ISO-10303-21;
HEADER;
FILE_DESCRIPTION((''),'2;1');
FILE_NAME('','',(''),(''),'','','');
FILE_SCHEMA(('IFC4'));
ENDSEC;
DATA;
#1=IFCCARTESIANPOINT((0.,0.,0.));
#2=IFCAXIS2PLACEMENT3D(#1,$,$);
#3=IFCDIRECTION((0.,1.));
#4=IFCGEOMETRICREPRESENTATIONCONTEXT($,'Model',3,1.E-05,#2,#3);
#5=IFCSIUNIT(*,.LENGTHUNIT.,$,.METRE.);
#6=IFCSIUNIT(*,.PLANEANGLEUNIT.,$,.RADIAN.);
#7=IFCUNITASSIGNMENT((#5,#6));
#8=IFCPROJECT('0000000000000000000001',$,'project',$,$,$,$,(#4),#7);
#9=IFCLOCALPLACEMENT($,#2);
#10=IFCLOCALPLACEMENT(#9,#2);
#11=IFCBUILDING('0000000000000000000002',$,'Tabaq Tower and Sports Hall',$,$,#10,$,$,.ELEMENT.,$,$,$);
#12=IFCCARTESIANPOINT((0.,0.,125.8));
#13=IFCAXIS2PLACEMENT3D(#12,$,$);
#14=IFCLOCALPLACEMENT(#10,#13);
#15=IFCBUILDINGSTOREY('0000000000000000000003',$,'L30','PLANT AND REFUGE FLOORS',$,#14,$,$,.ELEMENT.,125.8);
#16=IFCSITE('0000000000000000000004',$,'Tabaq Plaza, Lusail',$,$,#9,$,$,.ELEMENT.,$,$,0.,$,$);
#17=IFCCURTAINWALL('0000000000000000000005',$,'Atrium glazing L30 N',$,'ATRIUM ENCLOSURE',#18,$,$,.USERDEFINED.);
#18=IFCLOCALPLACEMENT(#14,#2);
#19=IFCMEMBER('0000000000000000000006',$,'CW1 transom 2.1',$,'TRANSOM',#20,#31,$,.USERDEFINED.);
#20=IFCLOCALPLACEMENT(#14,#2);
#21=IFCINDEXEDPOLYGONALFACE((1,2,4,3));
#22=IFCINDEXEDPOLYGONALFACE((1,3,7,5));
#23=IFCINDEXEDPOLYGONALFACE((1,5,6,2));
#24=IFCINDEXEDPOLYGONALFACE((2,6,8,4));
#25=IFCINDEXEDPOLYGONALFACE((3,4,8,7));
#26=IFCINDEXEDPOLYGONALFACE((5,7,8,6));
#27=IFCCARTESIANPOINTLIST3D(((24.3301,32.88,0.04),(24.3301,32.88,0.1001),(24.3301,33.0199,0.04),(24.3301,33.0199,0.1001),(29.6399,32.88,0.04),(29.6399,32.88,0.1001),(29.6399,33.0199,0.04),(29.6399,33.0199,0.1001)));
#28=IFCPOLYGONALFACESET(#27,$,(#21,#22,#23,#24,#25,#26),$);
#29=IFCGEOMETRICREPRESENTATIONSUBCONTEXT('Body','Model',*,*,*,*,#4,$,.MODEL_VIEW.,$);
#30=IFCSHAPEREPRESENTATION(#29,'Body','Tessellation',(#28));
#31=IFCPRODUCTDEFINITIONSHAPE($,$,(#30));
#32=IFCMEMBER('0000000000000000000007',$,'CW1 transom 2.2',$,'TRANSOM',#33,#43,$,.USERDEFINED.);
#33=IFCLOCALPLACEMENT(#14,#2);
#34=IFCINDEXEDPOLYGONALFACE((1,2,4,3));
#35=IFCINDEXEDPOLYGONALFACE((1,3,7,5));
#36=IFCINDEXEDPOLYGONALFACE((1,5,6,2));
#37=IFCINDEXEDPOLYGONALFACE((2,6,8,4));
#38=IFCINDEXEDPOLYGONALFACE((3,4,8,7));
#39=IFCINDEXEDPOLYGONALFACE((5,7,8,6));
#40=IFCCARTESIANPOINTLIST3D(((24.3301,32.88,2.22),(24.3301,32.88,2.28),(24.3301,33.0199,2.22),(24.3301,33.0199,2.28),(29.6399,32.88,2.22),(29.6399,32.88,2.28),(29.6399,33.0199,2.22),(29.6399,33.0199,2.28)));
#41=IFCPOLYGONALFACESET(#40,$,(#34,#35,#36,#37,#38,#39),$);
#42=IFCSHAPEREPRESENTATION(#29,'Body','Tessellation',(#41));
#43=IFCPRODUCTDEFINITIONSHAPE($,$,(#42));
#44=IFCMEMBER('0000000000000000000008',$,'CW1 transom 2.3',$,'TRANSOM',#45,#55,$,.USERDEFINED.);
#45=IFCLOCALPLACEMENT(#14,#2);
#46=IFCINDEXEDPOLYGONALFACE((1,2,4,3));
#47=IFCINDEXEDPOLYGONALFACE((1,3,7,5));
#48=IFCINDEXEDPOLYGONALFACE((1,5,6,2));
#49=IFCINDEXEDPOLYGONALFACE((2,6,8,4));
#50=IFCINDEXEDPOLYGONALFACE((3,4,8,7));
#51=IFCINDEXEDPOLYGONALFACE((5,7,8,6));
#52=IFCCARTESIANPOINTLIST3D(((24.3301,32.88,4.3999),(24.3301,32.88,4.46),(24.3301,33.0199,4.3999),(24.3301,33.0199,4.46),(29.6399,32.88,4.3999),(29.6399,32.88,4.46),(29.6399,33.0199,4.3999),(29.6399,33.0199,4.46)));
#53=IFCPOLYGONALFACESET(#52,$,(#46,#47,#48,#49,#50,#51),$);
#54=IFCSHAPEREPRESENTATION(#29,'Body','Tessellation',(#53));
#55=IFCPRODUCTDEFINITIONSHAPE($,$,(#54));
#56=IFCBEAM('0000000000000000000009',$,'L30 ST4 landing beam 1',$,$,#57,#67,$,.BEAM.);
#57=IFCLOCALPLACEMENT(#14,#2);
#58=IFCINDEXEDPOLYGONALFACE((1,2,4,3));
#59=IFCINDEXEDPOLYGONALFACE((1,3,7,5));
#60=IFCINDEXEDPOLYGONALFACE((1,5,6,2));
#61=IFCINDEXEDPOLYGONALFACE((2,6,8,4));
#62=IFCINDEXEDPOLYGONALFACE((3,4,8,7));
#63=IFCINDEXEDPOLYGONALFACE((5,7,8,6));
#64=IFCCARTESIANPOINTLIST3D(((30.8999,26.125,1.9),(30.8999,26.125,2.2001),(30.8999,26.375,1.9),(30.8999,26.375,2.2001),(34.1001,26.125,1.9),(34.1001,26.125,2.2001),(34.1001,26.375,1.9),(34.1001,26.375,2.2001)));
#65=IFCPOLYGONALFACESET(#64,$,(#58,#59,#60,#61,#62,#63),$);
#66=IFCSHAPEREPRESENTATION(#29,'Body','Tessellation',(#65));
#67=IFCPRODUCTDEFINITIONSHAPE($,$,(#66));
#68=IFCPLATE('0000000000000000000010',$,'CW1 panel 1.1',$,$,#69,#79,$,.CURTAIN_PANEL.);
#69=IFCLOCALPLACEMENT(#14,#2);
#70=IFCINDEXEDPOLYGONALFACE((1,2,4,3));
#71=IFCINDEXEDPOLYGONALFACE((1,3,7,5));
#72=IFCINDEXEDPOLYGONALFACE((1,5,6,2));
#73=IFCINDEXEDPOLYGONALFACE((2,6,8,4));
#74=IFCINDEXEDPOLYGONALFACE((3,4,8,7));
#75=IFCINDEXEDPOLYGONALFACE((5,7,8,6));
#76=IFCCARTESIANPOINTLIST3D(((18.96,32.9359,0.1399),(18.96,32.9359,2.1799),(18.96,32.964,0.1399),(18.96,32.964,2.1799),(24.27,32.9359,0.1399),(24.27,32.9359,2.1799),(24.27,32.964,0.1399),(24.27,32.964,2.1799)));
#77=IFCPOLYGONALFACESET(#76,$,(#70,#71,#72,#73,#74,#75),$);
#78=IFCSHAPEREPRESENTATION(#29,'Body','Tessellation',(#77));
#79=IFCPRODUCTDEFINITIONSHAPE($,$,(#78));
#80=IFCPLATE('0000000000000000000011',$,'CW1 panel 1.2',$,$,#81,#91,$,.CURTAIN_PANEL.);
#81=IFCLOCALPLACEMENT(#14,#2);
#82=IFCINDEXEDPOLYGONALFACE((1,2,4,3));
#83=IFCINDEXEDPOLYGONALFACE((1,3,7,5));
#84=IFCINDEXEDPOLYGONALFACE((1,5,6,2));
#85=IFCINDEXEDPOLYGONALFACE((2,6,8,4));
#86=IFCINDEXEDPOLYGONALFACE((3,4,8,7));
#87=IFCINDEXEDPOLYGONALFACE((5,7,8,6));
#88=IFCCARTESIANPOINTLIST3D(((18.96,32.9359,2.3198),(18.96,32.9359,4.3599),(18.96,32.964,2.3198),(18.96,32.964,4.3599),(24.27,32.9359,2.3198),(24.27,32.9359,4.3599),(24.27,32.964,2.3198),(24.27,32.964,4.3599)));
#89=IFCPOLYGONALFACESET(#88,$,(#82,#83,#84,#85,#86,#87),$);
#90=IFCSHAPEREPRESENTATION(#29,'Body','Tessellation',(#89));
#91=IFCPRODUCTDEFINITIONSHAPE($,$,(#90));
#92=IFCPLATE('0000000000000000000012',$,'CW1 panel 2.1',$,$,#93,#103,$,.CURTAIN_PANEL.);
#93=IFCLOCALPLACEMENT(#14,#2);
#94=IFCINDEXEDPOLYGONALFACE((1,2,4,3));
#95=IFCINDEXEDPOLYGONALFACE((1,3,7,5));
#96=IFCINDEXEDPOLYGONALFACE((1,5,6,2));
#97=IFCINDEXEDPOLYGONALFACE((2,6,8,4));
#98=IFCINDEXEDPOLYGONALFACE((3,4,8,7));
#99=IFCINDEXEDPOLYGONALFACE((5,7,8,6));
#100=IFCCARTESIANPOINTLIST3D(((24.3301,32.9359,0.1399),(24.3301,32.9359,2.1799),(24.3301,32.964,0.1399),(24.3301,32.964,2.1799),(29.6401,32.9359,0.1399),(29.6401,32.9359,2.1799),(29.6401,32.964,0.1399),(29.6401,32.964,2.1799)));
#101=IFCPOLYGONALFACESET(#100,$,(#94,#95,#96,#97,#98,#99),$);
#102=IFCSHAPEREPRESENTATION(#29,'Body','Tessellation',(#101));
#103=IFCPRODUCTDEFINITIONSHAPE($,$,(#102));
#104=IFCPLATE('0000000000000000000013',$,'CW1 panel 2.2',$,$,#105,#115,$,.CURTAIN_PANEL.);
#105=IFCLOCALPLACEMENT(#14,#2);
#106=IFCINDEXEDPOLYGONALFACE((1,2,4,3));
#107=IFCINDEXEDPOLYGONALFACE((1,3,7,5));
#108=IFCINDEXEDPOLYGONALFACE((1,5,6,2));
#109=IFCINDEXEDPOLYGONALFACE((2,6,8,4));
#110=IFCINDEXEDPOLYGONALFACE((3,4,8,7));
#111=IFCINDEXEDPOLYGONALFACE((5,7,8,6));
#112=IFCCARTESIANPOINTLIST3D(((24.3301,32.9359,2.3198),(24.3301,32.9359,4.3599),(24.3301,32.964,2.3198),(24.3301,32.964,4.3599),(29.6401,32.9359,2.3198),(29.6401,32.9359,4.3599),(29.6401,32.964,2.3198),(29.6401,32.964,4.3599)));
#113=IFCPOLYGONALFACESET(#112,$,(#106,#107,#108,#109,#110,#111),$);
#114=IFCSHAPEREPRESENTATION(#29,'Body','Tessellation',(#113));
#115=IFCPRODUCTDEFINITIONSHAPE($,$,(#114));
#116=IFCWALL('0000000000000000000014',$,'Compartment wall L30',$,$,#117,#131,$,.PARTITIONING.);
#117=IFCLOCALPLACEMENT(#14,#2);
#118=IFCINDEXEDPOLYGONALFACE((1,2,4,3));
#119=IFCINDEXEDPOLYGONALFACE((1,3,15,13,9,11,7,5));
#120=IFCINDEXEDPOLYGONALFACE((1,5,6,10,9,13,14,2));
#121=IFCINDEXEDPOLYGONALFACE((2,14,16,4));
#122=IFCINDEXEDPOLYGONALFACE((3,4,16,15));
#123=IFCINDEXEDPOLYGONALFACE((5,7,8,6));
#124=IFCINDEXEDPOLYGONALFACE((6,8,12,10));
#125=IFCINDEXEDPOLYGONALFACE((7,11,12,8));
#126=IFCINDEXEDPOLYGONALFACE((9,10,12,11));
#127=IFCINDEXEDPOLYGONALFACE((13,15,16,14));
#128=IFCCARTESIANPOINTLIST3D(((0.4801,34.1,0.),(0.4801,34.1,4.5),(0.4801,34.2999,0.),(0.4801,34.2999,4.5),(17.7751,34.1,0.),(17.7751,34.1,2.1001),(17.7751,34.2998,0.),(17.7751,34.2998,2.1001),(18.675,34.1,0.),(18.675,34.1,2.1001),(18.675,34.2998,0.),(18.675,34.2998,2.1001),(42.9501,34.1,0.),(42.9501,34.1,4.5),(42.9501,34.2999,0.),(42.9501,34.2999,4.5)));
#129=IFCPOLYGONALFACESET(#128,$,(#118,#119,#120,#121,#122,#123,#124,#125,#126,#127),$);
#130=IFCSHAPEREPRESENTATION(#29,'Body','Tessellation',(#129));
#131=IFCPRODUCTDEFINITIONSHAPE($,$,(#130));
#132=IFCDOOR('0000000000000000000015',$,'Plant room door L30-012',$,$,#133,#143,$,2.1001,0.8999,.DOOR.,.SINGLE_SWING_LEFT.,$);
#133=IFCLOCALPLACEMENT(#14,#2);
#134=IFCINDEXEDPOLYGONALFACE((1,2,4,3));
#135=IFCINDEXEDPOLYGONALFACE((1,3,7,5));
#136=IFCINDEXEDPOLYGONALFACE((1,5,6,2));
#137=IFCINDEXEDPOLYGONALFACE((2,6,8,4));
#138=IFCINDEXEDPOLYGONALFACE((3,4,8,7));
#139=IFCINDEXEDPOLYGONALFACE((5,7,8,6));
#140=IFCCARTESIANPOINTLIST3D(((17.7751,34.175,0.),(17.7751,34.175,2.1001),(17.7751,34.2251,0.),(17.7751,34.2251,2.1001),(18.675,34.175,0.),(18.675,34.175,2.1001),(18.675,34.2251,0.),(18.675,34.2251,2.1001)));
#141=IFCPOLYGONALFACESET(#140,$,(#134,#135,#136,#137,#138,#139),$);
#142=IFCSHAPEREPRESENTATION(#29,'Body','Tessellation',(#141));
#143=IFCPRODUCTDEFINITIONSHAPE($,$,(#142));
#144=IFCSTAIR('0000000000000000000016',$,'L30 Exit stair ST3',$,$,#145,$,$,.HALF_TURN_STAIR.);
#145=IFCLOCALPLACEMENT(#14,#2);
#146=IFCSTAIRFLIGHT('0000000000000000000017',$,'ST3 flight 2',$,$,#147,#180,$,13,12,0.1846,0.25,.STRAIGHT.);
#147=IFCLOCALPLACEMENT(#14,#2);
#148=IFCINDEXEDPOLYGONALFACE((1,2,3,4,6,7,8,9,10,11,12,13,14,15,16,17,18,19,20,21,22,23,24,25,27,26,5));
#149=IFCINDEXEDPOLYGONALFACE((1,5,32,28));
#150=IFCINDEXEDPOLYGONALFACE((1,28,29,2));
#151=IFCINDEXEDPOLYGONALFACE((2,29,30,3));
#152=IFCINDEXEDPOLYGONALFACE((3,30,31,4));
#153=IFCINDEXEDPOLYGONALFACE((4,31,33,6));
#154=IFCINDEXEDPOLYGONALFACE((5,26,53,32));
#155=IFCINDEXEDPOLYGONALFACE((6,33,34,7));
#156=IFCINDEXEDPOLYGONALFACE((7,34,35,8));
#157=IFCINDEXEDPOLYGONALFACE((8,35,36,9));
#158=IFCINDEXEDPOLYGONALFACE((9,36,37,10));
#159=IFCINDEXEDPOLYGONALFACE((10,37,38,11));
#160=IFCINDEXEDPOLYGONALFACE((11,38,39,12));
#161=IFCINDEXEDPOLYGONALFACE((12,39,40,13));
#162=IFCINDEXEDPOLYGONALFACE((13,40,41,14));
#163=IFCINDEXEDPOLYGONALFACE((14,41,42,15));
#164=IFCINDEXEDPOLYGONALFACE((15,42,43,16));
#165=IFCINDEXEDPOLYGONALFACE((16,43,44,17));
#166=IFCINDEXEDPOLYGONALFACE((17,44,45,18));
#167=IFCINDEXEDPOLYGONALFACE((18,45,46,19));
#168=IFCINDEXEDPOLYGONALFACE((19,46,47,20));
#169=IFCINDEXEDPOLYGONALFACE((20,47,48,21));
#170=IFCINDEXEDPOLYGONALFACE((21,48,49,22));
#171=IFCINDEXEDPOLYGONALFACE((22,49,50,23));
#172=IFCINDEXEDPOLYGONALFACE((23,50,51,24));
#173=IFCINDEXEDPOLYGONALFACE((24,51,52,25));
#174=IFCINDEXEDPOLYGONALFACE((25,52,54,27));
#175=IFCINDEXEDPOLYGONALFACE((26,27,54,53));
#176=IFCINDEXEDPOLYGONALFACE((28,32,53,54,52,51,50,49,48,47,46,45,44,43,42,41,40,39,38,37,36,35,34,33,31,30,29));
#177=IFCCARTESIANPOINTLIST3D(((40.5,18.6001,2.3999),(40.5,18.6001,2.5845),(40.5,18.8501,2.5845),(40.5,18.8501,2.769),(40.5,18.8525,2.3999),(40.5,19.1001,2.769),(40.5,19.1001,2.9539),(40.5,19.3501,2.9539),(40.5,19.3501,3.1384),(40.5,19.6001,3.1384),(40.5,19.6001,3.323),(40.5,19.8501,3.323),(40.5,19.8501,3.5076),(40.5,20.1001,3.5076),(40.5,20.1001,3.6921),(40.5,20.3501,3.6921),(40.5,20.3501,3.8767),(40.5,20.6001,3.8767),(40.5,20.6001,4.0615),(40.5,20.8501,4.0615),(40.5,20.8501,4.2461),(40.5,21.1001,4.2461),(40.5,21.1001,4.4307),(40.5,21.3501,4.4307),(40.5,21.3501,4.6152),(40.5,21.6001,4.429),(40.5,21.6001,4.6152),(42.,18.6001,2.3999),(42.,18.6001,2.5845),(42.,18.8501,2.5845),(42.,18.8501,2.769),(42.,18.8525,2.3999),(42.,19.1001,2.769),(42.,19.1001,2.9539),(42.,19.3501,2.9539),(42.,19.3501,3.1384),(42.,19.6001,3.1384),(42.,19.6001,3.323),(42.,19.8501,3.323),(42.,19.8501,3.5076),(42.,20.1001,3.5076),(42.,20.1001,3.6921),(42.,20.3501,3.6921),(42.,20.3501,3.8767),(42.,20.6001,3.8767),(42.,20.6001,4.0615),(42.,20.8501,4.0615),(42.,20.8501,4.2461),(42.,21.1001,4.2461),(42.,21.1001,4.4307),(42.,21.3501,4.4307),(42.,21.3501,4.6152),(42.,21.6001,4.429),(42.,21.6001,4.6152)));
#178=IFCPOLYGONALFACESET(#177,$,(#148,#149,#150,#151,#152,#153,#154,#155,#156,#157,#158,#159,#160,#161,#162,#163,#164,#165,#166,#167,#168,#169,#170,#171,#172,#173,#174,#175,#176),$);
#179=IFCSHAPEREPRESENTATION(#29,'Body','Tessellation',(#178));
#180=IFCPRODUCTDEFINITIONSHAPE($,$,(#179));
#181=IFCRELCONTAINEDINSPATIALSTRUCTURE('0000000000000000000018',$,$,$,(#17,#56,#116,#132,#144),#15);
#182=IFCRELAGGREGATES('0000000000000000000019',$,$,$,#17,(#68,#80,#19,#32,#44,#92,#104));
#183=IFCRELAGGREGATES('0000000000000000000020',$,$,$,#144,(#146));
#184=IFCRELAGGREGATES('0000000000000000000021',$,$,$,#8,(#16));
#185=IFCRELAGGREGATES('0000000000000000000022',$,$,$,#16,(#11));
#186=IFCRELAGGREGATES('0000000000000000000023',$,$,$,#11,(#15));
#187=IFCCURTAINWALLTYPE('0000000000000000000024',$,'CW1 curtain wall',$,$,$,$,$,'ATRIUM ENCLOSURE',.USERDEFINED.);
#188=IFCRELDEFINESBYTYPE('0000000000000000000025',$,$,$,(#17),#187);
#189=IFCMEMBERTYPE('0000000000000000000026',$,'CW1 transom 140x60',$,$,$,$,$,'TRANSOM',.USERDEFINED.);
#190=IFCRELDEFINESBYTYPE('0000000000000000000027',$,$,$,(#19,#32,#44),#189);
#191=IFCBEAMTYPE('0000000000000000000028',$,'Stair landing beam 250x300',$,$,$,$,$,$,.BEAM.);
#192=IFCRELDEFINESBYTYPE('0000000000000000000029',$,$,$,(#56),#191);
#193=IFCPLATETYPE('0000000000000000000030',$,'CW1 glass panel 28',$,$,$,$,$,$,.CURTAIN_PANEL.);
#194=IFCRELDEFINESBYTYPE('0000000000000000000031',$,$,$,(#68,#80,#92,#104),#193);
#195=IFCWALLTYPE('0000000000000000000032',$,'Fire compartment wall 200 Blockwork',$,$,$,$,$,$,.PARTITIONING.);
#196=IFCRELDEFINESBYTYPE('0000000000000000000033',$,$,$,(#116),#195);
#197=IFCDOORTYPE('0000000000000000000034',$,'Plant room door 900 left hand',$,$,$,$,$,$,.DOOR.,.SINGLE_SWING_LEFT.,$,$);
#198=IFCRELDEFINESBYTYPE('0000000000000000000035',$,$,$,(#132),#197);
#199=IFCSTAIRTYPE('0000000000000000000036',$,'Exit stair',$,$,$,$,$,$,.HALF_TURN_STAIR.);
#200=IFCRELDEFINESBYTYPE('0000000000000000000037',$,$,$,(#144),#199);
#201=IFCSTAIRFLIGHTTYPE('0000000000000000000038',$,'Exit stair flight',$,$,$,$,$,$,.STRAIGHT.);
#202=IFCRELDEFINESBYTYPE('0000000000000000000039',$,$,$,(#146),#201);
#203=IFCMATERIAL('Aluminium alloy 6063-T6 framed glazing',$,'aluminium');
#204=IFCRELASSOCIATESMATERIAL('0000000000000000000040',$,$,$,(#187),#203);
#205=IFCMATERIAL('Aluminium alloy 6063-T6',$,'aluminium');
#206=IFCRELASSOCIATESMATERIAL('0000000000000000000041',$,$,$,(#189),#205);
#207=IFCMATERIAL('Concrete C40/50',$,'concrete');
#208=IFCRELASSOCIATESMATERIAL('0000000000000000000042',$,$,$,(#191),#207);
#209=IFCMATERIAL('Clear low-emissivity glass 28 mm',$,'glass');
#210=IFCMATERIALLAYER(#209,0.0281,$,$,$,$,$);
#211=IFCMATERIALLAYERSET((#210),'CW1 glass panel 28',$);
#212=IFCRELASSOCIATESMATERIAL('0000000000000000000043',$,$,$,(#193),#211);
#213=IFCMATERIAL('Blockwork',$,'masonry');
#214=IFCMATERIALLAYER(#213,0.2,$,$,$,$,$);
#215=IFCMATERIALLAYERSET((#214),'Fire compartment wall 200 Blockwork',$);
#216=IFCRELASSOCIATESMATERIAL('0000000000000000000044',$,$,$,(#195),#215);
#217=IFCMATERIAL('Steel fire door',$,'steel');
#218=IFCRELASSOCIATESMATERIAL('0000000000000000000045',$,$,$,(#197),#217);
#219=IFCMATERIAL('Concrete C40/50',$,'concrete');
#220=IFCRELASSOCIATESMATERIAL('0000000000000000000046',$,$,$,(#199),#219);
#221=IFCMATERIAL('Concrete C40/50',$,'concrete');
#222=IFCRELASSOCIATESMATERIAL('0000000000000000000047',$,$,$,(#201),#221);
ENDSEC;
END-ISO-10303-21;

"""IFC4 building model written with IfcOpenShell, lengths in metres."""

from ifc_helpers import new_model, si_unit, direction, frame, frame_2d, origin, origin_2d, place, context, subcontext, project, spatial, polyline, rectangle, outline, extrude, material, layer, layer_set, material_profile, profile_set, type_object, element, fill, aggregate, save


model = new_model("IFC4")

# Units and contexts
model_context = context("Model", 3, precision=1e-05, world=origin(), true_north=direction((0.0, 1.0)))
body_context = subcontext(model_context, "Body", "Model", "MODEL_VIEW")
ifc_project = project(units=[si_unit("LENGTHUNIT", "METRE"), si_unit("PLANEANGLEUNIT", "RADIAN")], contexts=[model_context])

# Site, building, storey
site_placement = place(None, origin())
site = spatial("IfcSite", under=ifc_project, at=site_placement, Name="Tabaq Plaza, Lusail", CompositionType="ELEMENT", RefElevation=0.0)
building_placement = place(site_placement, origin())
building = spatial("IfcBuilding", under=site, at=building_placement, Name="Tabaq Tower and Sports Hall", CompositionType="ELEMENT")
storey_placement = place(building_placement, frame((0.0, 0.0, 125.8)))
storey = spatial("IfcBuildingStorey", under=building, at=storey_placement, Name="L30", Description="PLANT AND REFUGE FLOORS", CompositionType="ELEMENT", Elevation=125.8)

# Curtain wall, members
ifc_material_1 = material(Name="Aluminium alloy 6063-T6 framed glazing", Category="aluminium")
curtain_wall_type = type_object("IfcCurtainWallType", Name="CW1 curtain wall", ElementType="ATRIUM ENCLOSURE", PredefinedType="USERDEFINED", material=ifc_material_1)
curtain_wall_placement = place(storey_placement, origin())
curtain_wall = element("IfcCurtainWall", 1, at=curtain_wall_placement, inside=storey, type_object=curtain_wall_type, Name="Atrium glazing L30 N", ObjectType="ATRIUM ENCLOSURE", PredefinedType="USERDEFINED")
ifc_material_2 = material(Name="Aluminium alloy 6063-T6", Category="aluminium")
ifc_material_profile_1 = material_profile(ifc_material_2, rectangle(XDim=0.1399, YDim=0.0601, at=origin_2d()), Name="TRANSOM 140x60")
ifc_profile_set_1 = profile_set([ifc_material_profile_1], Name="Aluminium alloy 6063-T6")
member_type = type_object("IfcMemberType", Name="CW1 transom 140x60", ElementType="TRANSOM", PredefinedType="USERDEFINED", material=ifc_profile_set_1)
member_1_placement = place(storey_placement, frame((24.3301, 32.95, 0.0701), z_axis=(1.0, 0.0, 0.0), x_axis=(0.0, 1.0, 0.0)))
member_1 = element("IfcMember", 2, at=member_1_placement, type_object=member_type, Name="CW1 transom 2.1", ObjectType="TRANSOM", PredefinedType="USERDEFINED", context=body_context, shape_type="SweptSolid", body=[
    extrude(rectangle(XDim=0.1399, YDim=0.0601, at=origin_2d()), origin(), (0.0, 0.0, 1.0), 5.3098),
])
member_2_placement = place(storey_placement, frame((24.3301, 32.95, 2.25), z_axis=(1.0, 0.0, 0.0), x_axis=(0.0, 1.0, 0.0)))
member_2 = element("IfcMember", 3, at=member_2_placement, type_object=member_type, Name="CW1 transom 2.2", ObjectType="TRANSOM", PredefinedType="USERDEFINED", context=body_context, shape_type="SweptSolid", body=[
    extrude(rectangle(XDim=0.1399, YDim=0.0601, at=origin_2d()), origin(), (0.0, 0.0, 1.0), 5.3098),
])
member_3_placement = place(storey_placement, frame((24.3301, 32.95, 4.4299), z_axis=(1.0, 0.0, 0.0), x_axis=(0.0, 1.0, 0.0)))
member_3 = element("IfcMember", 4, at=member_3_placement, type_object=member_type, Name="CW1 transom 2.3", ObjectType="TRANSOM", PredefinedType="USERDEFINED", context=body_context, shape_type="SweptSolid", body=[
    extrude(rectangle(XDim=0.1399, YDim=0.0601, at=origin_2d()), origin(), (0.0, 0.0, 1.0), 5.3098),
])

# Beam
ifc_material_3 = material(Name="Concrete C40/50", Category="concrete")
ifc_material_profile_2 = material_profile(ifc_material_3, rectangle(XDim=0.25, YDim=0.3, at=origin_2d()), Name="RC 250x300")
ifc_profile_set_2 = profile_set([ifc_material_profile_2], Name="Concrete C40/50")
beam_type = type_object("IfcBeamType", Name="Stair landing beam 250x300", PredefinedType="BEAM", material=ifc_profile_set_2)
beam_placement = place(storey_placement, frame((30.8999, 26.25, 2.05), z_axis=(1.0, 0.0, 0.0), x_axis=(0.0, 1.0, 0.0)))
element("IfcBeam", 5, at=beam_placement, inside=storey, type_object=beam_type, Name="L30 ST4 landing beam 1", PredefinedType="BEAM", context=body_context, shape_type="SweptSolid", body=[
    extrude(rectangle(XDim=0.25, YDim=0.3, at=origin_2d()), origin(), (0.0, 0.0, 1.0), 3.2002),
])

# Plates
ifc_material_4 = material(Name="Clear low-emissivity glass 28 mm", Category="glass")
ifc_layer_1 = layer(ifc_material_4, 0.0281)
ifc_layer_set_1 = layer_set([ifc_layer_1], Name="CW1 glass panel 28")
plate_type_1 = type_object("IfcPlateType", Name="CW1 glass panel 28", PredefinedType="CURTAIN_PANEL", material=ifc_layer_set_1)
plate_1_placement = place(storey_placement, frame((21.615, 32.95, 0.1399), z_axis=(0.0, 0.0, 1.0), x_axis=(1.0, 0.0, 0.0)))
plate_1 = element("IfcPlate", 6, at=plate_1_placement, type_object=plate_type_1, Name="CW1 panel 1.1", PredefinedType="CURTAIN_PANEL", context=body_context, shape_type="SweptSolid", body=[
    extrude(rectangle(XDim=5.3101, YDim=0.0281, at=origin_2d()), origin(), (0.0, 0.0, 1.0), 2.04),
])
plate_2_placement = place(storey_placement, frame((21.615, 32.95, 2.3198), z_axis=(0.0, 0.0, 1.0), x_axis=(1.0, 0.0, 0.0)))
plate_2 = element("IfcPlate", 7, at=plate_2_placement, type_object=plate_type_1, Name="CW1 panel 1.2", PredefinedType="CURTAIN_PANEL", context=body_context, shape_type="SweptSolid", body=[
    extrude(rectangle(XDim=5.3101, YDim=0.0281, at=origin_2d()), origin(), (0.0, 0.0, 1.0), 2.04),
])
plate_3_placement = place(storey_placement, frame((26.9851, 32.95, 0.1399), z_axis=(0.0, 0.0, 1.0), x_axis=(1.0, 0.0, 0.0)))
plate_3 = element("IfcPlate", 8, at=plate_3_placement, type_object=plate_type_1, Name="CW1 panel 2.1", PredefinedType="CURTAIN_PANEL", context=body_context, shape_type="SweptSolid", body=[
    extrude(rectangle(XDim=5.3101, YDim=0.0281, at=origin_2d()), origin(), (0.0, 0.0, 1.0), 2.04),
])
plate_4_placement = place(storey_placement, frame((26.9851, 32.95, 2.3198), z_axis=(0.0, 0.0, 1.0), x_axis=(1.0, 0.0, 0.0)))
plate_4 = element("IfcPlate", 9, at=plate_4_placement, type_object=plate_type_1, Name="CW1 panel 2.2", PredefinedType="CURTAIN_PANEL", context=body_context, shape_type="SweptSolid", body=[
    extrude(rectangle(XDim=5.3101, YDim=0.0281, at=origin_2d()), origin(), (0.0, 0.0, 1.0), 2.04),
])
aggregate(curtain_wall, [plate_1, plate_2, member_1, member_2, member_3, plate_3, plate_4])

# Wall, opening, door
ifc_material_5 = material(Name="Blockwork", Category="masonry")
ifc_layer_2 = layer(ifc_material_5, 0.2)
ifc_layer_set_2 = layer_set([ifc_layer_2], Name="Fire compartment wall 200 Blockwork")
wall_type = type_object("IfcWallType", Name="Fire compartment wall 200 Blockwork", PredefinedType="PARTITIONING", material=ifc_layer_set_2)
wall_placement = place(storey_placement, frame((42.95, 34.2, 0.0), z_axis=(0.0, 0.0, 1.0), x_axis=(-1.0, 0.0, 0.0)))
wall = element("IfcWall", 10, at=wall_placement, inside=storey, type_object=wall_type, Name="Compartment wall L30", PredefinedType="PARTITIONING", context=body_context, shape_type="SweptSolid", body=[
    extrude(rectangle(XDim=42.47, YDim=0.2, at=frame_2d((21.2349, 0.0))), origin(), (0.0, 0.0, 1.0), 4.5),
])
opening_placement = place(wall_placement, frame((24.2749, 0.0, 0.0)))
opening = element("IfcOpeningElement", 11, at=opening_placement, cuts=wall, PredefinedType="OPENING", context=body_context, shape_type="SweptSolid", body=[
    extrude(rectangle(XDim=0.8999, YDim=2.1001, at=frame_2d((0.45, 1.05))), frame((0.0, 0.1001, 0.0), z_axis=(0.0, -1.0, 0.0), x_axis=(1.0, 0.0, 0.0)), (0.0, 0.0, 1.0), 0.2),
])
ifc_material_6 = material(Name="Steel fire door", Category="steel")
door_type = type_object("IfcDoorType", Name="Plant room door 900 left hand", OperationType="SINGLE_SWING_LEFT", PredefinedType="DOOR", material=ifc_material_6)
door_placement = place(opening_placement, origin())
door = element("IfcDoor", 12, at=door_placement, inside=storey, type_object=door_type, Name="Plant room door L30-012", OperationType="SINGLE_SWING_LEFT", OverallHeight=2.1001, OverallWidth=0.8999, PredefinedType="DOOR", context=body_context, shape_type="SweptSolid", body=[
    extrude(rectangle(XDim=0.8999, YDim=2.1001, at=frame_2d((0.45, 1.05))), frame((0.0, 0.0249, 0.0), z_axis=(0.0, -1.0, 0.0), x_axis=(1.0, 0.0, 0.0)), (0.0, 0.0, 1.0), 0.05),
])
fill(opening, door)

# Stair, stair flight
ifc_material_7 = material(Name="Concrete C40/50", Category="concrete")
stair_type = type_object("IfcStairType", Name="Exit stair", PredefinedType="HALF_TURN_STAIR", material=ifc_material_7)
stair_1_placement = place(storey_placement, origin())
stair_1 = element("IfcStair", 13, at=stair_1_placement, inside=storey, type_object=stair_type, Name="L30 Exit stair ST3", PredefinedType="HALF_TURN_STAIR")
ifc_material_8 = material(Name="Concrete C40/50", Category="concrete")
stair_flight_type = type_object("IfcStairFlightType", Name="Exit stair flight", PredefinedType="STRAIGHT", material=ifc_material_8)
stair_flight_1_placement = place(storey_placement, frame((41.25, 18.6001, 2.3999), z_axis=(0.0, 0.0, 1.0), x_axis=(0.0, 1.0, 0.0)))
stair_flight_1 = element("IfcStairFlight", 14, at=stair_flight_1_placement, type_object=stair_flight_type, Name="ST3 flight 2", NumberOfRisers=13, NumberOfTreads=12, PredefinedType="STRAIGHT", RiserHeight=0.1846, TreadLength=0.25, context=body_context, shape_type="SweptSolid", body=[
    extrude(outline(polyline([(0.0, 0.0), (0.0, 0.1846), (0.25, 0.1846), (0.25, 0.3691), (0.5, 0.3691), (0.5, 0.554), (0.75, 0.554), (0.75, 0.7385), (1.0, 0.7385), (1.0, 0.9231), (1.25, 0.9231), (1.25, 1.1077), (1.5, 1.1077), (1.5, 1.2922), (1.75, 1.2922), (1.75, 1.4768), (2.0, 1.4768), (2.0, 1.6616), (2.25, 1.6616), (2.25, 1.8462), (2.5, 1.8462), (2.5, 2.0308), (2.75, 2.0308), (2.75, 2.2153), (3.0, 2.2153), (3.0, 2.3999), (3.0, 2.0291), (0.2524, 0.0), (0.0, 0.0)])), frame((0.0, 0.75, 0.0), z_axis=(0.0, -1.0, 0.0), x_axis=(1.0, 0.0, 0.0)), (0.0, 0.0, 1.0), 1.5),
])
aggregate(stair_1, [stair_flight_1])

save(model, "model.ifc")
